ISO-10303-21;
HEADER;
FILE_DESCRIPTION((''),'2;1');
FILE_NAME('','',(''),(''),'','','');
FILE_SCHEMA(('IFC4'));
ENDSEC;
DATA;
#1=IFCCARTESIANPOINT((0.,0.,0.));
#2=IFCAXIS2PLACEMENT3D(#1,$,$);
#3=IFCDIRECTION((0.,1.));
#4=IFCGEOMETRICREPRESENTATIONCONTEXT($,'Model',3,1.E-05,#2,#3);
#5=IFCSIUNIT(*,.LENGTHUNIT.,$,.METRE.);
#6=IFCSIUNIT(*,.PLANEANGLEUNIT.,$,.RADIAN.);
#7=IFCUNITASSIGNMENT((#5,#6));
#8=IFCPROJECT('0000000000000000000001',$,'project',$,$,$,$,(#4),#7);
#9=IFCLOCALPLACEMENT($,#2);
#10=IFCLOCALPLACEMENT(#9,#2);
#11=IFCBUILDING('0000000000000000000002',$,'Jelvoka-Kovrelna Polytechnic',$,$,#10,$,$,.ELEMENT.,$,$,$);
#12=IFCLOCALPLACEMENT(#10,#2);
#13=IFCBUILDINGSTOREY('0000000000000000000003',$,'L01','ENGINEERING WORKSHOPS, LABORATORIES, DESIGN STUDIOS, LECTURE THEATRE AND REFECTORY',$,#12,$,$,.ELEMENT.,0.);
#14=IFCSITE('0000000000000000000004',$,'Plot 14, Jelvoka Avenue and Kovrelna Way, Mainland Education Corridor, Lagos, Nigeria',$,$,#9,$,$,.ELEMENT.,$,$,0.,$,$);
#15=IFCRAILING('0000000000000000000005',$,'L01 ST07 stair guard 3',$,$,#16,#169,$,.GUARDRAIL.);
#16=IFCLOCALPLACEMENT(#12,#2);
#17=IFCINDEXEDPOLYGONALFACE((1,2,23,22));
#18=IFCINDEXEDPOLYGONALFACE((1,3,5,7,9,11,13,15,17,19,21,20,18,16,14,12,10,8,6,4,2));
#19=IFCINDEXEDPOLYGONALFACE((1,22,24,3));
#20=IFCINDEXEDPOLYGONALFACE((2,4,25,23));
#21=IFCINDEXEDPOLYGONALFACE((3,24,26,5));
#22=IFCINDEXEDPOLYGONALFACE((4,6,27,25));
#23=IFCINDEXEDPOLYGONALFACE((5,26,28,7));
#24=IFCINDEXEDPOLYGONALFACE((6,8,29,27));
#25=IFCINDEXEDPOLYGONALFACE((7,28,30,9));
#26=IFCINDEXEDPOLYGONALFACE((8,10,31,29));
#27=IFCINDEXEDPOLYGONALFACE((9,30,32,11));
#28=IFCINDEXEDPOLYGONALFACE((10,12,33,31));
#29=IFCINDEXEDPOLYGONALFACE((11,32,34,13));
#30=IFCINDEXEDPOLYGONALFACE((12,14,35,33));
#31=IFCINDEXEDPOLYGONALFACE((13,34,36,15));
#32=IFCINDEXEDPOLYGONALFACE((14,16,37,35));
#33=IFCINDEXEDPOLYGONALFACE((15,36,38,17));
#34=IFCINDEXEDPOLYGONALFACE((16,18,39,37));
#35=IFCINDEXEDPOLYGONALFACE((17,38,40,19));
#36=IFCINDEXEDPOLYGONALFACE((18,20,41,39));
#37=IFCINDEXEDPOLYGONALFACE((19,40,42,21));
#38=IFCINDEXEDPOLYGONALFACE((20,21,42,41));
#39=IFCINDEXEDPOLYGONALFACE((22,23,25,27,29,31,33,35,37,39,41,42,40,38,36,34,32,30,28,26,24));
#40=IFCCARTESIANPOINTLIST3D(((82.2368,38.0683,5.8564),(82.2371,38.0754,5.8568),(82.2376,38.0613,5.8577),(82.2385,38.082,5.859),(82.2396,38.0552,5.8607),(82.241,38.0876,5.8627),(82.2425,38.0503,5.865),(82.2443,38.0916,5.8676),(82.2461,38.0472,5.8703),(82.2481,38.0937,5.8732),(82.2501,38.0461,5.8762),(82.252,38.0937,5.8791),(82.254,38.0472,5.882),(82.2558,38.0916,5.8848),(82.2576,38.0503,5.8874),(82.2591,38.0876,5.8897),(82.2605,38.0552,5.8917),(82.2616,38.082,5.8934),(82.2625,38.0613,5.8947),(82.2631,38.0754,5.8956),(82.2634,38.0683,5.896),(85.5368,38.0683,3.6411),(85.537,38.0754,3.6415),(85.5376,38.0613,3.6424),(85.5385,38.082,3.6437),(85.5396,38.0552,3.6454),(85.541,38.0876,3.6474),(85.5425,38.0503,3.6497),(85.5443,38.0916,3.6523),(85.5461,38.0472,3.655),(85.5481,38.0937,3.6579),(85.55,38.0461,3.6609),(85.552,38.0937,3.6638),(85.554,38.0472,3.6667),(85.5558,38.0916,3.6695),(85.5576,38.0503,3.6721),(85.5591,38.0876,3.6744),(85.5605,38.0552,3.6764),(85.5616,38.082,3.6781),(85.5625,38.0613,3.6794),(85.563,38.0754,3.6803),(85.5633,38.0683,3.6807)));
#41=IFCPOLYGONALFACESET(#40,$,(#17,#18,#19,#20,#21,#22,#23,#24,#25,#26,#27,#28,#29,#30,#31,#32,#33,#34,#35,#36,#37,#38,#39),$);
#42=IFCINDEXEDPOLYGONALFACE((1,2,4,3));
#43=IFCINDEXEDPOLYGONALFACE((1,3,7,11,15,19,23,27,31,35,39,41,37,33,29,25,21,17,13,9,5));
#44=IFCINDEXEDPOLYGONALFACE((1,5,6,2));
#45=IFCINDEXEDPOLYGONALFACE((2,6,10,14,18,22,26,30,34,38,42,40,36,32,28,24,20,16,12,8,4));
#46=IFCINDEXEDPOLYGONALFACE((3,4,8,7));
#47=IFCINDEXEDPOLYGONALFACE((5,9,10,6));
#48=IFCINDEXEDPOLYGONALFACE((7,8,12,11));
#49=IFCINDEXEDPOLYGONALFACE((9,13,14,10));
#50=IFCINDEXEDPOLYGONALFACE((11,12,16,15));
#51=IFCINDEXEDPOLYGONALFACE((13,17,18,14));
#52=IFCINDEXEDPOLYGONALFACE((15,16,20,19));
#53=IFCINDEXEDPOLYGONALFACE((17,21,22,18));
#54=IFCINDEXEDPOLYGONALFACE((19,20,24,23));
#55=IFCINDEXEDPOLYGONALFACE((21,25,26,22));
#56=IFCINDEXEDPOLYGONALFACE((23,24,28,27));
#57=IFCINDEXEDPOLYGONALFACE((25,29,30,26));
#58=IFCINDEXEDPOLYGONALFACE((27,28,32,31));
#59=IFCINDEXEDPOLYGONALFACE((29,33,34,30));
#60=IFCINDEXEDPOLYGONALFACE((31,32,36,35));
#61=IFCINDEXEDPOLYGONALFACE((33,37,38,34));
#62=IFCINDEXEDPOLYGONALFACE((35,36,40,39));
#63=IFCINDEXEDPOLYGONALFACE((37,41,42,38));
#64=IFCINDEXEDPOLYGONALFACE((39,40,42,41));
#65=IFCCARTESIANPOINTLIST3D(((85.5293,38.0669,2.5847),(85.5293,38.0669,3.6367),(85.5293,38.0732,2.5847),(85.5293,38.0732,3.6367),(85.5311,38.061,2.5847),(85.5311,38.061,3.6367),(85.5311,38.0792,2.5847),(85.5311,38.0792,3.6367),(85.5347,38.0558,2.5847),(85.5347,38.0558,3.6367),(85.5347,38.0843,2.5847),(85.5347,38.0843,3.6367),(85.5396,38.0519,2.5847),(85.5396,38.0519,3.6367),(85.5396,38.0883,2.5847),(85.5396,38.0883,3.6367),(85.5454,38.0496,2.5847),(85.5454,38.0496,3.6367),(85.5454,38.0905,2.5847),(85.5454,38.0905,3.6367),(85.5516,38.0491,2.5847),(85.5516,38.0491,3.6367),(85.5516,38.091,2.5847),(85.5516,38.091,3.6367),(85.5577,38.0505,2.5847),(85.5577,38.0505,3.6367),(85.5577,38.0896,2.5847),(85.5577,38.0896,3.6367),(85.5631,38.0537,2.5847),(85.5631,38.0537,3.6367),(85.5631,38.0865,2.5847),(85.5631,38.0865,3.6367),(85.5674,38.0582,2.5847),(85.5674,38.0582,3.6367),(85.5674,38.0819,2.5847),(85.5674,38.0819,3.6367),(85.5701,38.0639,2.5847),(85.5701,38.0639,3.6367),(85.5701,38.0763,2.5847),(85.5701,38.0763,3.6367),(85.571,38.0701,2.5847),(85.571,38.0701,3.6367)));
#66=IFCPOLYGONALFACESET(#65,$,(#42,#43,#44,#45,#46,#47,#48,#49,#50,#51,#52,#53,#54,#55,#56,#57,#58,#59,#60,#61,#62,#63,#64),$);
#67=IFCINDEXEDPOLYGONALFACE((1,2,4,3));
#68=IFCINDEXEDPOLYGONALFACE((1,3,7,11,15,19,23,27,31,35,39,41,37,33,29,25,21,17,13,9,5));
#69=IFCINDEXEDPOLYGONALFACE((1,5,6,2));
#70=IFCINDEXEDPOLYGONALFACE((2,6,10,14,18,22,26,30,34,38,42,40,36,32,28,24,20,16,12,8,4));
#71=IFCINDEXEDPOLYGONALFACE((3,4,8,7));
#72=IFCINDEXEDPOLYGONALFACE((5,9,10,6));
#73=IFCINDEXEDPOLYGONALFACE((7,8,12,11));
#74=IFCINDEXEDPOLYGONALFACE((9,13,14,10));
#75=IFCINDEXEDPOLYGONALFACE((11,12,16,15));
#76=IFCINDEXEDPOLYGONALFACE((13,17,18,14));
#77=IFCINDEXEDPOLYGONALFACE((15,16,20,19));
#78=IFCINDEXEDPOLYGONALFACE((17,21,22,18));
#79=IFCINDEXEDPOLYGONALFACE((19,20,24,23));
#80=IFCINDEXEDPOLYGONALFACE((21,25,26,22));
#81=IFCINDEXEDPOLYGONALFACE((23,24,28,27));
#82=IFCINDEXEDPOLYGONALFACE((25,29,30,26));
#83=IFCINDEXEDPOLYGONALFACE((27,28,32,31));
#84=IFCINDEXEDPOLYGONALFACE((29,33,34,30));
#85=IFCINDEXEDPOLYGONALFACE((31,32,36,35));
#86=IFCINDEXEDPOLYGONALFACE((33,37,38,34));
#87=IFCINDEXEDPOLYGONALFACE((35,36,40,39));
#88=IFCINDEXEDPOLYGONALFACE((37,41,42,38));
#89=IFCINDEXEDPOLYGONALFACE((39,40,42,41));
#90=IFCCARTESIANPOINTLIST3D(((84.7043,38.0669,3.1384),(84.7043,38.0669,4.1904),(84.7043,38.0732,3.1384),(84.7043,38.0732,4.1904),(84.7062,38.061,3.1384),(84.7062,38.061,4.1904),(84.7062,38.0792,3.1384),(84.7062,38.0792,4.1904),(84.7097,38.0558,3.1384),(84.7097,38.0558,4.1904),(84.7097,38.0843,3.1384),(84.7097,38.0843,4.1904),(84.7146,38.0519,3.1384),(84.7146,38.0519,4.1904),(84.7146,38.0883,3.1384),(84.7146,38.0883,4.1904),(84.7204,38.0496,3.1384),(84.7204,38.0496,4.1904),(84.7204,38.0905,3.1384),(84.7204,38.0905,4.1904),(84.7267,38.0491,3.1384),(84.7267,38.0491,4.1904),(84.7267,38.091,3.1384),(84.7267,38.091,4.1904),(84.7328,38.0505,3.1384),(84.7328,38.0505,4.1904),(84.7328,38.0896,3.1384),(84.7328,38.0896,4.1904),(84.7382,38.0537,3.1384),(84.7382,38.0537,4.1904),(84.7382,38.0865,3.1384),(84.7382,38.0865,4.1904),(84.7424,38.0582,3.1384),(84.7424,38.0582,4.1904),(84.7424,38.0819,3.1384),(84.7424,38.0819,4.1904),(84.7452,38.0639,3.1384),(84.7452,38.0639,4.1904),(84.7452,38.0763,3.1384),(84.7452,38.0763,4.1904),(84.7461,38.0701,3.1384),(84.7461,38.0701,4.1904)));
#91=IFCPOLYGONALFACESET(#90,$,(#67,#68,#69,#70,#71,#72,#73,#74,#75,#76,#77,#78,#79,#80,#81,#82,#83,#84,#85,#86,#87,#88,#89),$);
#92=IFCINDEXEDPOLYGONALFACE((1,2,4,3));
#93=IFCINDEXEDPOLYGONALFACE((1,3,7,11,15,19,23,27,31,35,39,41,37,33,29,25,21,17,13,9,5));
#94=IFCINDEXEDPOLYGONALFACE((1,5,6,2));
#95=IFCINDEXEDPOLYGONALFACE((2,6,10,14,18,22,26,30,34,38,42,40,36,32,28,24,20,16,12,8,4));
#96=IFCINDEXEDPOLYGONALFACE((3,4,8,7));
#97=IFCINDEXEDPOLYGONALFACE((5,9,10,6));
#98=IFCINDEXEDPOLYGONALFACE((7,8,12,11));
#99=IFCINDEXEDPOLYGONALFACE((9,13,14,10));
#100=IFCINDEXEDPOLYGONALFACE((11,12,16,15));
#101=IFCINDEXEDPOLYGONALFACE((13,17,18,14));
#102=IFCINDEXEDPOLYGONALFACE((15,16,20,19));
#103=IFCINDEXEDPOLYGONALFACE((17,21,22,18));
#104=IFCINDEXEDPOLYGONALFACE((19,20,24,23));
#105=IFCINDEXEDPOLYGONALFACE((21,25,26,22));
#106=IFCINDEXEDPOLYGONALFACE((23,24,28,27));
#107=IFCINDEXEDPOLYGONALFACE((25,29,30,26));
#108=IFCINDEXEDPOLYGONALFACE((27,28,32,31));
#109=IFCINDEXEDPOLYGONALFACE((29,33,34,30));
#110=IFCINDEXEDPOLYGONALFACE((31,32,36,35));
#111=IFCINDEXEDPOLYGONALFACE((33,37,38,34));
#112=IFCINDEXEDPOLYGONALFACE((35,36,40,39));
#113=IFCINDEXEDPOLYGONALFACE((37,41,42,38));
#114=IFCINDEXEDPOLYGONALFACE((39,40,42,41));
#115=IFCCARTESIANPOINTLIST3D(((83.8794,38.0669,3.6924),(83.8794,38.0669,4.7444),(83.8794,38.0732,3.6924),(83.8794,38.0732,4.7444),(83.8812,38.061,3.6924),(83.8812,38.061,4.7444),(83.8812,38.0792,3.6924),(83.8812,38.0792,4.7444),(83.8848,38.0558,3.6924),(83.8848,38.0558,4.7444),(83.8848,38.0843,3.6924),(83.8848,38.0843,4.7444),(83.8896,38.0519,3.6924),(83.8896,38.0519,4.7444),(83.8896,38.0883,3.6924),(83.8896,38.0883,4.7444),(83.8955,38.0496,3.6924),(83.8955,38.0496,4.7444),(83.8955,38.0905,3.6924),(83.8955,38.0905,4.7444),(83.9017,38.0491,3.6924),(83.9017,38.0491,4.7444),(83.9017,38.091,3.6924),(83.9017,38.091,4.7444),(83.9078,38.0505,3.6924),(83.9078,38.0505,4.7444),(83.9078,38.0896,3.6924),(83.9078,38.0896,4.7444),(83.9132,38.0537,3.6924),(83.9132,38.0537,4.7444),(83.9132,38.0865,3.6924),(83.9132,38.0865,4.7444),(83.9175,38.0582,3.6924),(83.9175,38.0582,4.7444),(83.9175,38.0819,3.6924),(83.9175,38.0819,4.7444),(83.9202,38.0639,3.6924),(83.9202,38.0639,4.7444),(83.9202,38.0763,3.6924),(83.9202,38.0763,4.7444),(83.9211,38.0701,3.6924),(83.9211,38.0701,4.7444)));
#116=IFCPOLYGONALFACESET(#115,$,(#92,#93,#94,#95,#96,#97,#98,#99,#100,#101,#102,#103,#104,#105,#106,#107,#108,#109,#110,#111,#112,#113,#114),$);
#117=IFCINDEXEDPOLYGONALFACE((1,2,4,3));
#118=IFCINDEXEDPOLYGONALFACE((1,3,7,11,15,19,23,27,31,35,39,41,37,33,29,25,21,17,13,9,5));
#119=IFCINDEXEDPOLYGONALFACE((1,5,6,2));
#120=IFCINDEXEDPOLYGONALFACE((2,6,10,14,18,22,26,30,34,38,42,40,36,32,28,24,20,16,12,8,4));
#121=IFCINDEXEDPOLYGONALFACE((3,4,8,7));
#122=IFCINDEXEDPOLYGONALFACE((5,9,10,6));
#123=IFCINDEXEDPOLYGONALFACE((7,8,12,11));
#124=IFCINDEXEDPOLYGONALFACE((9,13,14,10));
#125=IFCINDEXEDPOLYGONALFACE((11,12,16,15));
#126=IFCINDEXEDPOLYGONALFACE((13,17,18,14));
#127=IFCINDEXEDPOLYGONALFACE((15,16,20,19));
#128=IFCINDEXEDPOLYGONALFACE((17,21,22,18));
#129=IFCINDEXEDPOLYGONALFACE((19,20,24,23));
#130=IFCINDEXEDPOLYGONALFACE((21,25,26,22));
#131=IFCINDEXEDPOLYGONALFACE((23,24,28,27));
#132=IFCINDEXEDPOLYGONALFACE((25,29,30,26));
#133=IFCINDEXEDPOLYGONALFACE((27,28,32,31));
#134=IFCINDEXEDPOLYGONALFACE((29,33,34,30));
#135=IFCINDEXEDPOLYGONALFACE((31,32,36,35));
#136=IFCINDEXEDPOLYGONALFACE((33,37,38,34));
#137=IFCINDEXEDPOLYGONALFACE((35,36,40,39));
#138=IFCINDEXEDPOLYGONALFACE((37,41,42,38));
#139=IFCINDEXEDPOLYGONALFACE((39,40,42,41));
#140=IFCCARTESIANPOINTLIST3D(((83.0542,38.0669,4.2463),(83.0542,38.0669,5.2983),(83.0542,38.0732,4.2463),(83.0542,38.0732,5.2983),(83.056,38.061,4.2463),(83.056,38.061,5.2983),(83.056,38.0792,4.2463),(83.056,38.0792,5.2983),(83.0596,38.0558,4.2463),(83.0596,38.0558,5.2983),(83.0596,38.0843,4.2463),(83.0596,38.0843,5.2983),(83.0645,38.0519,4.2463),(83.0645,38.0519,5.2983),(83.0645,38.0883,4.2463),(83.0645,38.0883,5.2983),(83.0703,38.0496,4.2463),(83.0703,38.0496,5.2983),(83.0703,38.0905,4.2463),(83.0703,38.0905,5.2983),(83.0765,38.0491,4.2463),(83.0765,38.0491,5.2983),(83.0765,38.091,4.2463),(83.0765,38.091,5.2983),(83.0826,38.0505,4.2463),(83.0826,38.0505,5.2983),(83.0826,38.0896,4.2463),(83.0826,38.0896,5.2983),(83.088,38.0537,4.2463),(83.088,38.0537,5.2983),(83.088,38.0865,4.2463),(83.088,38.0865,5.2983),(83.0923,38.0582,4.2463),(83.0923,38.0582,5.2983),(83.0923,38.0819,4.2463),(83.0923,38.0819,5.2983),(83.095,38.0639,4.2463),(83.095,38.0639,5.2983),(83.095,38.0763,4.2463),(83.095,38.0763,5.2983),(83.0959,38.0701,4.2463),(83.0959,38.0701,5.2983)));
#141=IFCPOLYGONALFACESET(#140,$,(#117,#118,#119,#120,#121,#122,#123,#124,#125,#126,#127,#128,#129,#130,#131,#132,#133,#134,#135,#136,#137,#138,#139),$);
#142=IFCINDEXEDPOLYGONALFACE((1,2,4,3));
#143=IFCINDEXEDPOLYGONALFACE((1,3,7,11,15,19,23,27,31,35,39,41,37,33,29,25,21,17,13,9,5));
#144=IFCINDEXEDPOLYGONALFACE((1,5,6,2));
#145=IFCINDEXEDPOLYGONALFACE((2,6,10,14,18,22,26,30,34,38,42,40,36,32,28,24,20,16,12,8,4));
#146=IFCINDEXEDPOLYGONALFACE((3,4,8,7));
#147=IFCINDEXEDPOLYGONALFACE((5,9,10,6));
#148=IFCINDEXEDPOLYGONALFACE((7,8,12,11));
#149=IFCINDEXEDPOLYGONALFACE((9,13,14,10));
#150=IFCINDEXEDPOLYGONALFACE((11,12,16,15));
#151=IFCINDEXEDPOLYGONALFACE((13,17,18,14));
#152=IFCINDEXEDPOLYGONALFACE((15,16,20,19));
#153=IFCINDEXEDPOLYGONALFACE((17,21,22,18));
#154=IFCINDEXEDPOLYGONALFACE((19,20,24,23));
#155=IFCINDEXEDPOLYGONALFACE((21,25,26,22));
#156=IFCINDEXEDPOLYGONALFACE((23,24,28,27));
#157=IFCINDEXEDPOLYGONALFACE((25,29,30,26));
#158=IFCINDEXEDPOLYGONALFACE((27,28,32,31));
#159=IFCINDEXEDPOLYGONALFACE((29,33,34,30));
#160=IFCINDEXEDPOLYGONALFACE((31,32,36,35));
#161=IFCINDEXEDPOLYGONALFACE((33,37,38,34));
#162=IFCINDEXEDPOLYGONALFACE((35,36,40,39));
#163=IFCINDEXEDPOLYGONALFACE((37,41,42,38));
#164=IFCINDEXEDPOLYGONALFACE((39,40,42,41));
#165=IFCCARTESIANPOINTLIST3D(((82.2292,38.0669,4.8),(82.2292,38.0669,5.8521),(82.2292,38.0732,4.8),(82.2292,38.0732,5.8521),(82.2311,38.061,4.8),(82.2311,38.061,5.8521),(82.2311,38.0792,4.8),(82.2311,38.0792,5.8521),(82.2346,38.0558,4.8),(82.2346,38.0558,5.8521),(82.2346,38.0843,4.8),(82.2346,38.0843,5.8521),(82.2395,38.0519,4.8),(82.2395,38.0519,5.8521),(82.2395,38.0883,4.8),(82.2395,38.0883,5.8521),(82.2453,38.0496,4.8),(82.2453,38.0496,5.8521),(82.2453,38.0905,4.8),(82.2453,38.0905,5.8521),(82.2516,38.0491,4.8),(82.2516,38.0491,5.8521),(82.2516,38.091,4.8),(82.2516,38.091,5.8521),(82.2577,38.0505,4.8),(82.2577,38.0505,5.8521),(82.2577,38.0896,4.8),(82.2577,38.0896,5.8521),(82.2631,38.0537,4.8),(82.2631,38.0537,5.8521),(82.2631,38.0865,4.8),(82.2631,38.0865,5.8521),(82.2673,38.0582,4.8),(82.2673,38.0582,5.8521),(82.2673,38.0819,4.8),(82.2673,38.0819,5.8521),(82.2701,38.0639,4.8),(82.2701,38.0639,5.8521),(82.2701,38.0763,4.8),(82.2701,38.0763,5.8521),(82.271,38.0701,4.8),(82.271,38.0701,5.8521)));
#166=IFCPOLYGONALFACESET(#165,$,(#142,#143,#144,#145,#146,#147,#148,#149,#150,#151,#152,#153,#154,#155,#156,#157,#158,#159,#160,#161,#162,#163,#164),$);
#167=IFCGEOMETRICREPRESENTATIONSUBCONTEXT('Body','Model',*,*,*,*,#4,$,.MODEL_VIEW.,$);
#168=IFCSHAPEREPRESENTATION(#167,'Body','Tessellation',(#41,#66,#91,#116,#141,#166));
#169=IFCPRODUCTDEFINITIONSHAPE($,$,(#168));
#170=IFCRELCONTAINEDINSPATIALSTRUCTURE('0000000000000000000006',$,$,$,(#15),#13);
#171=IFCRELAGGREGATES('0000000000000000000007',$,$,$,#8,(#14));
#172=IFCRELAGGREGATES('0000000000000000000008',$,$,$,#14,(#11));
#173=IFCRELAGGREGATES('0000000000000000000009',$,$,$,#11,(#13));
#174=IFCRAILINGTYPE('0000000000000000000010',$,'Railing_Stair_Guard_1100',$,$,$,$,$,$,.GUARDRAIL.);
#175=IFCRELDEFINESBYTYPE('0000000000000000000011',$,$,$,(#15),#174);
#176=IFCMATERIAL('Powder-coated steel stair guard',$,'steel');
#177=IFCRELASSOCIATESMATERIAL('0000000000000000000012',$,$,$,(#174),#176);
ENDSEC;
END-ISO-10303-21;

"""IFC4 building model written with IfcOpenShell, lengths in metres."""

from ifc_helpers import new_model, si_unit, direction, frame, origin, origin_2d, place, context, subcontext, project, spatial, circle, extrude, material, type_object, element, save


model = new_model("IFC4")

# Units and contexts
model_context = context("Model", 3, precision=1e-05, world=origin(), true_north=direction((0.0, 1.0)))
body_context = subcontext(model_context, "Body", "Model", "MODEL_VIEW")
ifc_project = project(units=[si_unit("LENGTHUNIT", "METRE"), si_unit("PLANEANGLEUNIT", "RADIAN")], contexts=[model_context])

# Site, building, storey
site_placement = place(None, origin())
site = spatial("IfcSite", under=ifc_project, at=site_placement, Name="Plot 14, Jelvoka Avenue and Kovrelna Way, Mainland Education Corridor, Lagos, Nigeria", CompositionType="ELEMENT", RefElevation=0.0)
building_placement = place(site_placement, origin())
building = spatial("IfcBuilding", under=site, at=building_placement, Name="Jelvoka-Kovrelna Polytechnic", CompositionType="ELEMENT")
storey_placement = place(building_placement, origin())
storey = spatial("IfcBuildingStorey", under=building, at=storey_placement, Name="L01", Description="ENGINEERING WORKSHOPS, LABORATORIES, DESIGN STUDIOS, LECTURE THEATRE AND REFECTORY", CompositionType="ELEMENT", Elevation=0.0)

# Railing
ifc_material_1 = material(Name="Powder-coated steel stair guard", Category="steel")
railing_type_1 = type_object("IfcRailingType", Name="Railing_Stair_Guard_1100", PredefinedType="GUARDRAIL", material=ifc_material_1)
railing_1_placement = place(storey_placement, frame((85.55, 38.0701, 2.5847)))
element("IfcRailing", 1, at=railing_1_placement, inside=storey, type_object=railing_type_1, Name="L01 ST07 stair guard 3", PredefinedType="GUARDRAIL", context=body_context, shape_type="SweptSolid", body=[
    extrude(circle(Radius=0.0239, at=origin_2d()), frame((0.0, 0.0, 1.0762), z_axis=(-0.830269, 0.0, 0.557362), x_axis=(0.0, -1.0, 0.0)), (0.0, 0.0, 1.0), 3.9746),
    extrude(circle(Radius=0.021, at=origin_2d()), origin(), (0.0, 0.0, 1.0), 1.052),
    extrude(circle(Radius=0.021, at=origin_2d()), frame((-0.825, 0.0, 0.5537)), (0.0, 0.0, 1.0), 1.052),
    extrude(circle(Radius=0.021, at=origin_2d()), frame((-1.6499, 0.0, 1.1077)), (0.0, 0.0, 1.0), 1.052),
    extrude(circle(Radius=0.021, at=origin_2d()), frame((-2.4751, 0.0, 1.6616)), (0.0, 0.0, 1.0), 1.052),
    extrude(circle(Radius=0.021, at=origin_2d()), frame((-3.3, 0.0, 2.2153)), (0.0, 0.0, 1.0), 1.052),
])

save(model, "model.ifc")
